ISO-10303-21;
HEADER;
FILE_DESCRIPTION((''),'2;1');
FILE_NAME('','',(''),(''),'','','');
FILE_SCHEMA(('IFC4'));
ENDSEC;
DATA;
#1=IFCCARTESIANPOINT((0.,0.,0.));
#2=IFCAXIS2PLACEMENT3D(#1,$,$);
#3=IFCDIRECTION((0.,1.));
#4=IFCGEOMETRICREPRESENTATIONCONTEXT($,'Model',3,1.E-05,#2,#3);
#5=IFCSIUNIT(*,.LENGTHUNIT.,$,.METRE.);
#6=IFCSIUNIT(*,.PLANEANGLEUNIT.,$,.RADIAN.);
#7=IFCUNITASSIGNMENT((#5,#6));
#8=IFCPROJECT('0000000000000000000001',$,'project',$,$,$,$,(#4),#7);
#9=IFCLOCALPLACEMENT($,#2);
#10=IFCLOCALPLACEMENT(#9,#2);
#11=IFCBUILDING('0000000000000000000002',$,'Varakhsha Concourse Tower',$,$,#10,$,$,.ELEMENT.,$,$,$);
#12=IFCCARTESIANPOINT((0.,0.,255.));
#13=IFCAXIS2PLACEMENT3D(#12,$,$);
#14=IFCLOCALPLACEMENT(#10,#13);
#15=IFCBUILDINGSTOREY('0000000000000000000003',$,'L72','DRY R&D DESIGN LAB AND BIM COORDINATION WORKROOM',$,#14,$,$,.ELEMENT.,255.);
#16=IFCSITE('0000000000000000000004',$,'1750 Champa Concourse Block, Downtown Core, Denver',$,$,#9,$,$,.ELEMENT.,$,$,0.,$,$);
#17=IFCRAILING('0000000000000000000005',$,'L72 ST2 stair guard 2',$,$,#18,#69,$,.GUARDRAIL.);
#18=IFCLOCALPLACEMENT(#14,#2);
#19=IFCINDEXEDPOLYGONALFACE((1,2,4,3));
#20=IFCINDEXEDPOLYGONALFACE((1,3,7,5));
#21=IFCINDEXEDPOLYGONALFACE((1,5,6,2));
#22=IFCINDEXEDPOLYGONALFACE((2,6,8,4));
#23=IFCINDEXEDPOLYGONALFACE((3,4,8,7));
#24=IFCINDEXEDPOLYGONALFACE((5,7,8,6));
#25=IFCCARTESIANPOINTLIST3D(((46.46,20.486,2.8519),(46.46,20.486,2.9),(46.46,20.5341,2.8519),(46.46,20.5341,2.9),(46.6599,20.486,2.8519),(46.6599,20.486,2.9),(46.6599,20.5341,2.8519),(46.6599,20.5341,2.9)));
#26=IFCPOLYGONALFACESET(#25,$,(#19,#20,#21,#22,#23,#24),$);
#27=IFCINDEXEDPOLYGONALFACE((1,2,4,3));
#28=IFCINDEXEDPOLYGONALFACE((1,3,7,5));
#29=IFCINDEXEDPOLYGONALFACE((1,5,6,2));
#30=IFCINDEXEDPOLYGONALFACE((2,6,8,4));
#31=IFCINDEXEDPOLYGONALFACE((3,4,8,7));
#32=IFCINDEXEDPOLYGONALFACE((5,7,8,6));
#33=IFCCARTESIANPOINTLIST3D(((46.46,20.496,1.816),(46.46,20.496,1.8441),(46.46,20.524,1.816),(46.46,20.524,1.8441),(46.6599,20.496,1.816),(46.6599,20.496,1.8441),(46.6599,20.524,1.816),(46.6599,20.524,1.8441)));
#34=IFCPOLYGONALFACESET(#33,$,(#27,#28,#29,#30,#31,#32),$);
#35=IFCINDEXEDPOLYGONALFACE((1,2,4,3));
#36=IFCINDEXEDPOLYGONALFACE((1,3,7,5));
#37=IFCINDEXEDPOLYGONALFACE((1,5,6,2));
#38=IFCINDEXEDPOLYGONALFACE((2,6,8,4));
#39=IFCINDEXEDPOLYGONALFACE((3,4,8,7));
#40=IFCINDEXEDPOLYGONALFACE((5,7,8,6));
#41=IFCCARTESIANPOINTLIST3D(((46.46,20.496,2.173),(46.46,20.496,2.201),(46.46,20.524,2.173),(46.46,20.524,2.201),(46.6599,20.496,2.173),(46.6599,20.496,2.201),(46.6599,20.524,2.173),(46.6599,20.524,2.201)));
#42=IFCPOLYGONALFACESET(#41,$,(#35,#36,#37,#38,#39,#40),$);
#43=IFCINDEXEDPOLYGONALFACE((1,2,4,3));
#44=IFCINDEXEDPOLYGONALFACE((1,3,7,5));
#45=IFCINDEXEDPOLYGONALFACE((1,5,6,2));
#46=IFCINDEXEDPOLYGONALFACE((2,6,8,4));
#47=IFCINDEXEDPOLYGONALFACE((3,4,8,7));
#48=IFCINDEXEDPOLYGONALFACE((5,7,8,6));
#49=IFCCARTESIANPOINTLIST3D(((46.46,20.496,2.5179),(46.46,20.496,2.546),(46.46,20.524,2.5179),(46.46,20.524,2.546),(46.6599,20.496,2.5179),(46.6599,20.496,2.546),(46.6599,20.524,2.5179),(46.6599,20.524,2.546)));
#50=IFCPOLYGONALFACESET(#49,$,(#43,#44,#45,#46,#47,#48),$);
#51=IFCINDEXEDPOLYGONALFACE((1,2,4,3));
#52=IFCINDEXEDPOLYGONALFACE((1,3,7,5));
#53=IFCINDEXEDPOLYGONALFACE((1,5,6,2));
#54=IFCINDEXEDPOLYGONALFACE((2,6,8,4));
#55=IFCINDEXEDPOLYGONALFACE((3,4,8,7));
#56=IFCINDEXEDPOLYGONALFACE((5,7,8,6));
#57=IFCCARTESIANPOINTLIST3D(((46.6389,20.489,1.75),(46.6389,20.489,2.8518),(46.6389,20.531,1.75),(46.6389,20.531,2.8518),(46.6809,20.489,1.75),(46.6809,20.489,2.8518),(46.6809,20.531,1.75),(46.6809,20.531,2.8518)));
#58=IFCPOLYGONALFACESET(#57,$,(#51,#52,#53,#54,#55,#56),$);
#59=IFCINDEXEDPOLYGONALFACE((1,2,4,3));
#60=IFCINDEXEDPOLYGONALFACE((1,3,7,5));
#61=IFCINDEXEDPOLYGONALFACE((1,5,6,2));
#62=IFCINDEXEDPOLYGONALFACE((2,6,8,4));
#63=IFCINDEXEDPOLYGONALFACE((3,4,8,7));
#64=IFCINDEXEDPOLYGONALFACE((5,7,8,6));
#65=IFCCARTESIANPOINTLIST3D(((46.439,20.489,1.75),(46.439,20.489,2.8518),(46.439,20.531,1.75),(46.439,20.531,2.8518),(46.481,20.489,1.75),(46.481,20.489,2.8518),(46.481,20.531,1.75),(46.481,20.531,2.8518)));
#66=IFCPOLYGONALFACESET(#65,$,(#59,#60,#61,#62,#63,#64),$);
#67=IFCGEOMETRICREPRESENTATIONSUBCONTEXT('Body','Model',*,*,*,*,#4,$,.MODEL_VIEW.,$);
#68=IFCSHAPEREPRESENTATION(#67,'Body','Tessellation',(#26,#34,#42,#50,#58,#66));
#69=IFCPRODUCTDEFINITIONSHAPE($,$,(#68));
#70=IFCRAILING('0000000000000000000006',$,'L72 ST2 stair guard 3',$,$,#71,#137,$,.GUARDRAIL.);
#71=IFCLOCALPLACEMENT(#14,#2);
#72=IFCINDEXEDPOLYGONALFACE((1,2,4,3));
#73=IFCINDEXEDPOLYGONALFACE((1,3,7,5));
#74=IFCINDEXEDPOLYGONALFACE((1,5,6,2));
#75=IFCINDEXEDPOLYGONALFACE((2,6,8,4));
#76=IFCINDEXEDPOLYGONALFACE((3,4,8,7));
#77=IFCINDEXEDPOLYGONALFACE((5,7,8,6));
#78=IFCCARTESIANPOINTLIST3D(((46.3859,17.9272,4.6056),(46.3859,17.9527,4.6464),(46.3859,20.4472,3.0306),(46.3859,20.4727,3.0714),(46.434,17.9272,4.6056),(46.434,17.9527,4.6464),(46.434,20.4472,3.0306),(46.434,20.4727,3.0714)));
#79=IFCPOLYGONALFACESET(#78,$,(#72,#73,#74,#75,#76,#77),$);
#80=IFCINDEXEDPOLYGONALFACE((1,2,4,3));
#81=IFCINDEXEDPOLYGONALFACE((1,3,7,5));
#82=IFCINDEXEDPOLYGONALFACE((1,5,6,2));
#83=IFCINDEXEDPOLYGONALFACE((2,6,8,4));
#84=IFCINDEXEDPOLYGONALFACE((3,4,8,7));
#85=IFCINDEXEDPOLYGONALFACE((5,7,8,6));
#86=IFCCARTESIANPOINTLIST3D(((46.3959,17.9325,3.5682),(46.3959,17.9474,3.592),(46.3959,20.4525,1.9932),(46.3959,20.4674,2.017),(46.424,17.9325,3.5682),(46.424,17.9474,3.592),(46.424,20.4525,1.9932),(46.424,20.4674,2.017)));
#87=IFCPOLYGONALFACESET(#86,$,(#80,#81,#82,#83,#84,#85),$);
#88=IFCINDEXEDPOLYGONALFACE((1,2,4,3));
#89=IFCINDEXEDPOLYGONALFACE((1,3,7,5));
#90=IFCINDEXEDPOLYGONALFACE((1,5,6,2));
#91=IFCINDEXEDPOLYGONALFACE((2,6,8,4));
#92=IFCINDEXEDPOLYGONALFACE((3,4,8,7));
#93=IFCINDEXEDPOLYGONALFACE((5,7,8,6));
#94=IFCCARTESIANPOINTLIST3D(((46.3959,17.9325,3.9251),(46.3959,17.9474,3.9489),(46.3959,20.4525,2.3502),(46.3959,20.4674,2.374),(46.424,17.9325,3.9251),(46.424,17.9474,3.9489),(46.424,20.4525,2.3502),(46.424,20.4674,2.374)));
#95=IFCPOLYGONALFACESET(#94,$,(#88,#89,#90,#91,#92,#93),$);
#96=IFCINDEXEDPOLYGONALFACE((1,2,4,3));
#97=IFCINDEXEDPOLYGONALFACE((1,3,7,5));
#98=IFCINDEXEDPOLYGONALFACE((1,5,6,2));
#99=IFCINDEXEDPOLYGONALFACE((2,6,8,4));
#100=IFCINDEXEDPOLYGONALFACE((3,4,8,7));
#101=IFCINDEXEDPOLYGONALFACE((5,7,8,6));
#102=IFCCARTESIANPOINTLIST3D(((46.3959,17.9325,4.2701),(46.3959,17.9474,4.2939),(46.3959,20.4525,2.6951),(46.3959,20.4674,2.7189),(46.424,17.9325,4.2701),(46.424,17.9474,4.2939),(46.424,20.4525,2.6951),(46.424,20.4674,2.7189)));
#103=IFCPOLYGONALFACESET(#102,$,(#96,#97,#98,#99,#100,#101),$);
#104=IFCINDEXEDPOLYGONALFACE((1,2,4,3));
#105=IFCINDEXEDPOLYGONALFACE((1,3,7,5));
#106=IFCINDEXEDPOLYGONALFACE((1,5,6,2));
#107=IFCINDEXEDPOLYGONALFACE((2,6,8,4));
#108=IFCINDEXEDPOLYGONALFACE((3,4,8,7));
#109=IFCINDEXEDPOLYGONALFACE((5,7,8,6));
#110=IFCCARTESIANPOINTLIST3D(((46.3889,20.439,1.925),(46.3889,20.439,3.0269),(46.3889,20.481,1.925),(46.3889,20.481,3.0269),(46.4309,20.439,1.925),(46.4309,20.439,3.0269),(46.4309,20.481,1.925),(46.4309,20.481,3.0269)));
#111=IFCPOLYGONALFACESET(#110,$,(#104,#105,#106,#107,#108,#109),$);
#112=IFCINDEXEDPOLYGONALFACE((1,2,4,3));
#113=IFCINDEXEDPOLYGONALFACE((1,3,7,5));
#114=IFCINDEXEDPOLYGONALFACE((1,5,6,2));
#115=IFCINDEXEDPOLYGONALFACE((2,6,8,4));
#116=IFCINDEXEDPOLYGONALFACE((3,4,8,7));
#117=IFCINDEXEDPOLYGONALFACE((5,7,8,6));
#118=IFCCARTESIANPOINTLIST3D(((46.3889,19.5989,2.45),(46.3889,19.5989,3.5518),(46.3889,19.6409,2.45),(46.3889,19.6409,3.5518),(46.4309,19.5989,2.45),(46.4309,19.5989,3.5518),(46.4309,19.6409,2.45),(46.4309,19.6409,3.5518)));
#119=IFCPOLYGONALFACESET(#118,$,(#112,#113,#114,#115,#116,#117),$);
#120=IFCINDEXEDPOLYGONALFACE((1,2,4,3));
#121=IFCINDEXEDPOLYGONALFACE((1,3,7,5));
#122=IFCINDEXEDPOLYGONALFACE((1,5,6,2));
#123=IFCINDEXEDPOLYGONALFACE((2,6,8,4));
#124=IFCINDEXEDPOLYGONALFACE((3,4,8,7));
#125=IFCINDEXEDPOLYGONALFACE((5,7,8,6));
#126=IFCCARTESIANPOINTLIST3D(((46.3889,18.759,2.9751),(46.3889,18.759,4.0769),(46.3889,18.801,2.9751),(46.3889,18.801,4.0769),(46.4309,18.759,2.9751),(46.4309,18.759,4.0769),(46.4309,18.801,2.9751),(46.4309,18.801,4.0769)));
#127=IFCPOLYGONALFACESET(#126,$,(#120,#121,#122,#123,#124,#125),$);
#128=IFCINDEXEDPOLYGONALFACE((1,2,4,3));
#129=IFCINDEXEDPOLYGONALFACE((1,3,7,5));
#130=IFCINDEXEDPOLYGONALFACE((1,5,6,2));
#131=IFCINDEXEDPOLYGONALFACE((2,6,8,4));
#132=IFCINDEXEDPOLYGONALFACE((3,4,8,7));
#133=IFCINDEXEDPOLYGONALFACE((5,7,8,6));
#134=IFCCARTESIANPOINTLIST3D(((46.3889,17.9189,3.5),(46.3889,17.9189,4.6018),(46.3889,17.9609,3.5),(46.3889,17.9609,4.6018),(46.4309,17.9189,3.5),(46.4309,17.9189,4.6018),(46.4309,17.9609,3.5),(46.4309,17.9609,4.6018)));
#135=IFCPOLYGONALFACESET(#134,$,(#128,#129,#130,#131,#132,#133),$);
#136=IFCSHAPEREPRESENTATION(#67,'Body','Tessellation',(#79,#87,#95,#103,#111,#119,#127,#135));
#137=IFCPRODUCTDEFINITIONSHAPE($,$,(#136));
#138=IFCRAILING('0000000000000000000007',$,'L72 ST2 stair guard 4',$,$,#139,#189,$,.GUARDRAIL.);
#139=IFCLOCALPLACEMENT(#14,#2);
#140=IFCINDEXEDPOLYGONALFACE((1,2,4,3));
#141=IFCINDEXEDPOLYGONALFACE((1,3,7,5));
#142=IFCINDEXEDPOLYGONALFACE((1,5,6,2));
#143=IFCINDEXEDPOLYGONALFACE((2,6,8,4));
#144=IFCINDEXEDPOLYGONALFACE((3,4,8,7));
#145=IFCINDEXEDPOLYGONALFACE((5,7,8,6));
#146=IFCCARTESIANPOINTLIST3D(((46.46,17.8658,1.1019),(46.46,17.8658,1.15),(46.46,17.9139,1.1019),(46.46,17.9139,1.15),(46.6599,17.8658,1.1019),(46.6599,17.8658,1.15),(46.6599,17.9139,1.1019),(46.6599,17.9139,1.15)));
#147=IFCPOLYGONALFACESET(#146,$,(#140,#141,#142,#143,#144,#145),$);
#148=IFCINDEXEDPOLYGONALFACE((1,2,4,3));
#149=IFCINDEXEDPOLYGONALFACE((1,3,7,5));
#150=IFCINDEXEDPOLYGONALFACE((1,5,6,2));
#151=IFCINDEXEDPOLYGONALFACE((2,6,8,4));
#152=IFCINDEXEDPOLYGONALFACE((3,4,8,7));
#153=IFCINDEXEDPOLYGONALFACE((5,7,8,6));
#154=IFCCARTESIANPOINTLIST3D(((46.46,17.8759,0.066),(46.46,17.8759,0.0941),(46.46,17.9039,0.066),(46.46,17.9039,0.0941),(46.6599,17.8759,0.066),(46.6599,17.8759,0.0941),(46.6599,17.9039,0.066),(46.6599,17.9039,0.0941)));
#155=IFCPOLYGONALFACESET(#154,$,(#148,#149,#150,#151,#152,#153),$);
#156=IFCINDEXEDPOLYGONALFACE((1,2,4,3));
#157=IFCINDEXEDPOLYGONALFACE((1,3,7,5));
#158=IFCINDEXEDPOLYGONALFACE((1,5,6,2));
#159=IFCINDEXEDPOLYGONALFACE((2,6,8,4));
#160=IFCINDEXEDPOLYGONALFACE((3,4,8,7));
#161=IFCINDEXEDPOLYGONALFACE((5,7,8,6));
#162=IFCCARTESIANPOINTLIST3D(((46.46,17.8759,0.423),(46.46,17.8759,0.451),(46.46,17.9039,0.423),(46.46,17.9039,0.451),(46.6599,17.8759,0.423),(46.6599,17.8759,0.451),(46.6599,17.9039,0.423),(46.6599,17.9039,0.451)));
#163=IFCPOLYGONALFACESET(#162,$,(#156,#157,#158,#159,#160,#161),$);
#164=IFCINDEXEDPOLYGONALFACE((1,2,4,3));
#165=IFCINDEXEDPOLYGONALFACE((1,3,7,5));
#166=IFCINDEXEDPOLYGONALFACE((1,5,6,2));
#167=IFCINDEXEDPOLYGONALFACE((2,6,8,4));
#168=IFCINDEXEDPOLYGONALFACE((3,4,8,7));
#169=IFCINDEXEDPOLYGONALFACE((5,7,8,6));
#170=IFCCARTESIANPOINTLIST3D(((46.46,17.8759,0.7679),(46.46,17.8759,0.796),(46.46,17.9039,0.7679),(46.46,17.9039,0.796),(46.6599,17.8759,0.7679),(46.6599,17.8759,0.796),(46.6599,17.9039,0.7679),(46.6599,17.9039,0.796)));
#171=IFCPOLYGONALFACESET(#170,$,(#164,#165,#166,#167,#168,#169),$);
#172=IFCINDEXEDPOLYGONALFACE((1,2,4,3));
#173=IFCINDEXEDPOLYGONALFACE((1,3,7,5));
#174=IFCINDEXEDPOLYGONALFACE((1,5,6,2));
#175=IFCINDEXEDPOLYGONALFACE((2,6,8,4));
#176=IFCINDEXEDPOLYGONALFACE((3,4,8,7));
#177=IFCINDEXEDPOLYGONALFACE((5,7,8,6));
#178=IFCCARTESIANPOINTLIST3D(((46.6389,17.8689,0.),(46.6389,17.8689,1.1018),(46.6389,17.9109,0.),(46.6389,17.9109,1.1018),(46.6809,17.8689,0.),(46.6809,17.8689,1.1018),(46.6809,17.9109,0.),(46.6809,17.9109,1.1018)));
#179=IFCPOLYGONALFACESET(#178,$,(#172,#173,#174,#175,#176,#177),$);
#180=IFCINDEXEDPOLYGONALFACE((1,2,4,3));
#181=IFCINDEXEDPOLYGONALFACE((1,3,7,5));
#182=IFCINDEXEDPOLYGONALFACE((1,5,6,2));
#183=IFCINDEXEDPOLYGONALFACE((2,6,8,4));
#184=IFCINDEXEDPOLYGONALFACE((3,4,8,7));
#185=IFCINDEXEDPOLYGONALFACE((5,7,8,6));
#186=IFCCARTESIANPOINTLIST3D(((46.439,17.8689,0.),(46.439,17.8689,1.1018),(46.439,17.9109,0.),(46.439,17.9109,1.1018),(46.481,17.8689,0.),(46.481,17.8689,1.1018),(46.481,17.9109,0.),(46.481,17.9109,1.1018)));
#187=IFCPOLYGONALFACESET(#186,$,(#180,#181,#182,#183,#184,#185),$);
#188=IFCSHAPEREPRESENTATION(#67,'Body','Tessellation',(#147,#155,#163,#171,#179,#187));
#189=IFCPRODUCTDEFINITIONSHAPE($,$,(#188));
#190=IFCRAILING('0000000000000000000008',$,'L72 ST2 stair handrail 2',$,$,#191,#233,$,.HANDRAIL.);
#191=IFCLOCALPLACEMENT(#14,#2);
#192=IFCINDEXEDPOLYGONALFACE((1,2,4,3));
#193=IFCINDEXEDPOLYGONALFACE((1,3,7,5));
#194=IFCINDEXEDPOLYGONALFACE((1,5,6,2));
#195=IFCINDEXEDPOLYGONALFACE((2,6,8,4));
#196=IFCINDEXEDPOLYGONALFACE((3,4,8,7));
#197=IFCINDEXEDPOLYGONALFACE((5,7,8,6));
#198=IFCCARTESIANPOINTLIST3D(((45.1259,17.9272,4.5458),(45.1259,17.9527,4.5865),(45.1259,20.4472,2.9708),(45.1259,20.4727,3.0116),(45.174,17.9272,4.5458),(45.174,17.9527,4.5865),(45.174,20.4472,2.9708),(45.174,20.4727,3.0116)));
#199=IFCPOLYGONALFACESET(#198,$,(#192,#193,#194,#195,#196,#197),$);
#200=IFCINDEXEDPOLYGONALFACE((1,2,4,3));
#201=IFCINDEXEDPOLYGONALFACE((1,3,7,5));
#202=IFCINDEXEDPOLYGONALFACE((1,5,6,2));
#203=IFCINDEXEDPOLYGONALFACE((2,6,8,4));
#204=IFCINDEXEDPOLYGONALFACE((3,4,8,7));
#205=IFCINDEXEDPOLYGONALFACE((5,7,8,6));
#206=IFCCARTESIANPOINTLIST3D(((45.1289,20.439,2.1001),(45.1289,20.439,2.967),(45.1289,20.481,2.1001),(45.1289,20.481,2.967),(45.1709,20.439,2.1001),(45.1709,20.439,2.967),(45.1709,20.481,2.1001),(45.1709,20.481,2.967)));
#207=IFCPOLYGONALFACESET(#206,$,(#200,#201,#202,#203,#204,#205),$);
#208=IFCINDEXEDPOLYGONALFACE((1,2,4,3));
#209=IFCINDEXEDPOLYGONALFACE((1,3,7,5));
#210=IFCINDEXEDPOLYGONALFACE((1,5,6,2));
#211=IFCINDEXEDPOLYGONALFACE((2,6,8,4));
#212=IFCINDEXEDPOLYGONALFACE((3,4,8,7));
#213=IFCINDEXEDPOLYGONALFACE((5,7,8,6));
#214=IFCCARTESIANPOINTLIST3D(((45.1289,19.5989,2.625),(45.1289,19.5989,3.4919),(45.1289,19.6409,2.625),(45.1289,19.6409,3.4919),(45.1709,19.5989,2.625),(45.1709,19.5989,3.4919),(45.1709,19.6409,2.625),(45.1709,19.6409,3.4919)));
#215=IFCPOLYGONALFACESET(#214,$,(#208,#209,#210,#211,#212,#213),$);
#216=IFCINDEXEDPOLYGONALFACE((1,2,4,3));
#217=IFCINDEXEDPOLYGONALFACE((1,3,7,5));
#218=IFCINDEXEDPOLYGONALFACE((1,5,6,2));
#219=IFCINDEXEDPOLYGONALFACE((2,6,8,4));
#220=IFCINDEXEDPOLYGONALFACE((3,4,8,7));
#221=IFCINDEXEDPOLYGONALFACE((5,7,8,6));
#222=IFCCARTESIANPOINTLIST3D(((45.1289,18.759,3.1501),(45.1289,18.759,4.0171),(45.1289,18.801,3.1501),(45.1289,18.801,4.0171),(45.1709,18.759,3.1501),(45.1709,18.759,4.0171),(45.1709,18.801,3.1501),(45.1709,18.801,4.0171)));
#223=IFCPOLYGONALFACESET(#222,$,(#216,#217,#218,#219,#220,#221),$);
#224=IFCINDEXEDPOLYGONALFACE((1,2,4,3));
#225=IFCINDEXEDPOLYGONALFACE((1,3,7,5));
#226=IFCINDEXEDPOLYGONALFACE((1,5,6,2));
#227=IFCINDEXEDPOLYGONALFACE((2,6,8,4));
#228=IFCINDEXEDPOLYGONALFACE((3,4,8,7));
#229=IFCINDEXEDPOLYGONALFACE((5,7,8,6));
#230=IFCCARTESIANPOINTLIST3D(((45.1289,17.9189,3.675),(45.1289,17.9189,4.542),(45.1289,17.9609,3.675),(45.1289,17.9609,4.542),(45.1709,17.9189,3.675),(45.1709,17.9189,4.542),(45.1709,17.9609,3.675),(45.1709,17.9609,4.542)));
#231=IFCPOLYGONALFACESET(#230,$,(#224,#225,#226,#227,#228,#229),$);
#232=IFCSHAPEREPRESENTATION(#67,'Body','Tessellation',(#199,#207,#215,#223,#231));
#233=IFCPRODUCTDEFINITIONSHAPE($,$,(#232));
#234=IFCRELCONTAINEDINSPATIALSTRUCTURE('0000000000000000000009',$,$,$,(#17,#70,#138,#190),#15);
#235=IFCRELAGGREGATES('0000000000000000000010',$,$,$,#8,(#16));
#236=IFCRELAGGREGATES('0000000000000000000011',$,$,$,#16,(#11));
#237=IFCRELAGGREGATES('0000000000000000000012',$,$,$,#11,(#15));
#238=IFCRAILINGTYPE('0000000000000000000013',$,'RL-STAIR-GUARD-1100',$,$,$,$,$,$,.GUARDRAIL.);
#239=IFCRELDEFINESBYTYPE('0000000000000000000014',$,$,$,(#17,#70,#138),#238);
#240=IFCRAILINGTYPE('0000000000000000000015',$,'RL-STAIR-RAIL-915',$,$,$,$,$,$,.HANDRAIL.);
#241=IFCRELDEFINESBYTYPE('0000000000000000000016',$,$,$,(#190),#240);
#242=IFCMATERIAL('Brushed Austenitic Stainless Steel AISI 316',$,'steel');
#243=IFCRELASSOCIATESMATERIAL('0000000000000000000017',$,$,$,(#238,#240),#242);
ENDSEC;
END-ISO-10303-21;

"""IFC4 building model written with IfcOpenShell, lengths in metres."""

from ifc_helpers import new_model, si_unit, direction, frame, origin, origin_2d, place, context, subcontext, project, spatial, rectangle, extrude, material, type_object, element, save


model = new_model("IFC4")

# Units and contexts
model_context = context("Model", 3, precision=1e-05, world=origin(), true_north=direction((0.0, 1.0)))
body_context = subcontext(model_context, "Body", "Model", "MODEL_VIEW")
ifc_project = project(units=[si_unit("LENGTHUNIT", "METRE"), si_unit("PLANEANGLEUNIT", "RADIAN")], contexts=[model_context])

# Site, building, storey
site_placement = place(None, origin())
site = spatial("IfcSite", under=ifc_project, at=site_placement, Name="1750 Champa Concourse Block, Downtown Core, Denver", CompositionType="ELEMENT", RefElevation=0.0)
building_placement = place(site_placement, origin())
building = spatial("IfcBuilding", under=site, at=building_placement, Name="Varakhsha Concourse Tower", CompositionType="ELEMENT")
storey_placement = place(building_placement, frame((0.0, 0.0, 255.0)))
storey = spatial("IfcBuildingStorey", under=building, at=storey_placement, Name="L72", Description="DRY R&D DESIGN LAB AND BIM COORDINATION WORKROOM", CompositionType="ELEMENT", Elevation=255.0)

# Railings
ifc_material_1 = material(Name="Brushed Austenitic Stainless Steel AISI 316", Category="steel")
railing_type_1 = type_object("IfcRailingType", Name="RL-STAIR-GUARD-1100", PredefinedType="GUARDRAIL", material=ifc_material_1)
railing_1_placement = place(storey_placement, frame((46.6599, 20.51, 1.75)))
element("IfcRailing", 1, at=railing_1_placement, inside=storey, type_object=railing_type_1, Name="L72 ST2 stair guard 2", PredefinedType="GUARDRAIL", context=body_context, shape_type="SweptSolid", body=[
    extrude(rectangle(XDim=0.0481, YDim=0.0481, at=origin_2d()), frame((0.0, 0.0, 1.126), z_axis=(-1.0, 0.0, 0.0), x_axis=(0.0, -1.0, 0.0)), (0.0, 0.0, 1.0), 0.2),
    extrude(rectangle(XDim=0.0281, YDim=0.0281, at=origin_2d()), frame((0.0, 0.0, 0.0801), z_axis=(-1.0, 0.0, 0.0), x_axis=(0.0, -1.0, 0.0)), (0.0, 0.0, 1.0), 0.2),
    extrude(rectangle(XDim=0.0281, YDim=0.0281, at=origin_2d()), frame((0.0, 0.0, 0.437), z_axis=(-1.0, 0.0, 0.0), x_axis=(0.0, -1.0, 0.0)), (0.0, 0.0, 1.0), 0.2),
    extrude(rectangle(XDim=0.0281, YDim=0.0281, at=origin_2d()), frame((0.0, 0.0, 0.782), z_axis=(-1.0, 0.0, 0.0), x_axis=(0.0, -1.0, 0.0)), (0.0, 0.0, 1.0), 0.2),
    extrude(rectangle(XDim=0.042, YDim=0.042, at=origin_2d()), origin(), (0.0, 0.0, 1.0), 1.1018),
    extrude(rectangle(XDim=0.042, YDim=0.042, at=origin_2d()), frame((-0.2, 0.0, 0.0)), (0.0, 0.0, 1.0), 1.1018),
])
railing_2_placement = place(storey_placement, frame((46.4099, 20.46, 1.925)))
element("IfcRailing", 2, at=railing_2_placement, inside=storey, type_object=railing_type_1, Name="L72 ST2 stair guard 3", PredefinedType="GUARDRAIL", context=body_context, shape_type="SweptSolid", body=[
    extrude(rectangle(XDim=0.0481, YDim=0.0481, at=origin_2d()), frame((0.0, 0.0, 1.126), z_axis=(0.0, -0.848008, 0.529984), x_axis=(1.0, 0.0, 0.0)), (0.0, 0.0, 1.0), 2.9717),
    extrude(rectangle(XDim=0.0281, YDim=0.0281, at=origin_2d()), frame((0.0, 0.0, 0.0801), z_axis=(0.0, -0.848008, 0.529984), x_axis=(1.0, 0.0, 0.0)), (0.0, 0.0, 1.0), 2.9717),
    extrude(rectangle(XDim=0.0281, YDim=0.0281, at=origin_2d()), frame((0.0, 0.0, 0.437), z_axis=(0.0, -0.848008, 0.529984), x_axis=(1.0, 0.0, 0.0)), (0.0, 0.0, 1.0), 2.9717),
    extrude(rectangle(XDim=0.0281, YDim=0.0281, at=origin_2d()), frame((0.0, 0.0, 0.782), z_axis=(0.0, -0.848008, 0.529984), x_axis=(1.0, 0.0, 0.0)), (0.0, 0.0, 1.0), 2.9717),
    extrude(rectangle(XDim=0.042, YDim=0.042, at=origin_2d()), origin(), (0.0, 0.0, 1.0), 1.1018),
    extrude(rectangle(XDim=0.042, YDim=0.042, at=origin_2d()), frame((0.0, -0.8401, 0.5249)), (0.0, 0.0, 1.0), 1.1018),
    extrude(rectangle(XDim=0.042, YDim=0.042, at=origin_2d()), frame((0.0, -1.6799, 1.05)), (0.0, 0.0, 1.0), 1.1018),
    extrude(rectangle(XDim=0.042, YDim=0.042, at=origin_2d()), frame((0.0, -2.52, 1.575)), (0.0, 0.0, 1.0), 1.1018),
])
railing_3_placement = place(storey_placement, frame((46.6599, 17.8899, 0.0)))
element("IfcRailing", 3, at=railing_3_placement, inside=storey, type_object=railing_type_1, Name="L72 ST2 stair guard 4", PredefinedType="GUARDRAIL", context=body_context, shape_type="SweptSolid", body=[
    extrude(rectangle(XDim=0.0481, YDim=0.0481, at=origin_2d()), frame((0.0, 0.0, 1.126), z_axis=(-1.0, 0.0, 0.0), x_axis=(0.0, -1.0, 0.0)), (0.0, 0.0, 1.0), 0.2),
    extrude(rectangle(XDim=0.0281, YDim=0.0281, at=origin_2d()), frame((0.0, 0.0, 0.0801), z_axis=(-1.0, 0.0, 0.0), x_axis=(0.0, -1.0, 0.0)), (0.0, 0.0, 1.0), 0.2),
    extrude(rectangle(XDim=0.0281, YDim=0.0281, at=origin_2d()), frame((0.0, 0.0, 0.437), z_axis=(-1.0, 0.0, 0.0), x_axis=(0.0, -1.0, 0.0)), (0.0, 0.0, 1.0), 0.2),
    extrude(rectangle(XDim=0.0281, YDim=0.0281, at=origin_2d()), frame((0.0, 0.0, 0.782), z_axis=(-1.0, 0.0, 0.0), x_axis=(0.0, -1.0, 0.0)), (0.0, 0.0, 1.0), 0.2),
    extrude(rectangle(XDim=0.042, YDim=0.042, at=origin_2d()), origin(), (0.0, 0.0, 1.0), 1.1018),
    extrude(rectangle(XDim=0.042, YDim=0.042, at=origin_2d()), frame((-0.2, 0.0, 0.0)), (0.0, 0.0, 1.0), 1.1018),
])
railing_type_2 = type_object("IfcRailingType", Name="RL-STAIR-RAIL-915", PredefinedType="HANDRAIL", material=ifc_material_1)
railing_4_placement = place(storey_placement, frame((45.1499, 20.46, 2.1001)))
element("IfcRailing", 4, at=railing_4_placement, inside=storey, type_object=railing_type_2, Name="L72 ST2 stair handrail 2", PredefinedType="HANDRAIL", context=body_context, shape_type="SweptSolid", body=[
    extrude(rectangle(XDim=0.0481, YDim=0.0481, at=origin_2d()), frame((0.0, 0.0, 0.8911), z_axis=(0.0, -0.848008, 0.529984), x_axis=(1.0, 0.0, 0.0)), (0.0, 0.0, 1.0), 2.9717),
    extrude(rectangle(XDim=0.042, YDim=0.042, at=origin_2d()), origin(), (0.0, 0.0, 1.0), 0.8669),
    extrude(rectangle(XDim=0.042, YDim=0.042, at=origin_2d()), frame((0.0, -0.8401, 0.5249)), (0.0, 0.0, 1.0), 0.8669),
    extrude(rectangle(XDim=0.042, YDim=0.042, at=origin_2d()), frame((0.0, -1.6799, 1.05)), (0.0, 0.0, 1.0), 0.8669),
    extrude(rectangle(XDim=0.042, YDim=0.042, at=origin_2d()), frame((0.0, -2.52, 1.575)), (0.0, 0.0, 1.0), 0.8669),
])

save(model, "model.ifc")
